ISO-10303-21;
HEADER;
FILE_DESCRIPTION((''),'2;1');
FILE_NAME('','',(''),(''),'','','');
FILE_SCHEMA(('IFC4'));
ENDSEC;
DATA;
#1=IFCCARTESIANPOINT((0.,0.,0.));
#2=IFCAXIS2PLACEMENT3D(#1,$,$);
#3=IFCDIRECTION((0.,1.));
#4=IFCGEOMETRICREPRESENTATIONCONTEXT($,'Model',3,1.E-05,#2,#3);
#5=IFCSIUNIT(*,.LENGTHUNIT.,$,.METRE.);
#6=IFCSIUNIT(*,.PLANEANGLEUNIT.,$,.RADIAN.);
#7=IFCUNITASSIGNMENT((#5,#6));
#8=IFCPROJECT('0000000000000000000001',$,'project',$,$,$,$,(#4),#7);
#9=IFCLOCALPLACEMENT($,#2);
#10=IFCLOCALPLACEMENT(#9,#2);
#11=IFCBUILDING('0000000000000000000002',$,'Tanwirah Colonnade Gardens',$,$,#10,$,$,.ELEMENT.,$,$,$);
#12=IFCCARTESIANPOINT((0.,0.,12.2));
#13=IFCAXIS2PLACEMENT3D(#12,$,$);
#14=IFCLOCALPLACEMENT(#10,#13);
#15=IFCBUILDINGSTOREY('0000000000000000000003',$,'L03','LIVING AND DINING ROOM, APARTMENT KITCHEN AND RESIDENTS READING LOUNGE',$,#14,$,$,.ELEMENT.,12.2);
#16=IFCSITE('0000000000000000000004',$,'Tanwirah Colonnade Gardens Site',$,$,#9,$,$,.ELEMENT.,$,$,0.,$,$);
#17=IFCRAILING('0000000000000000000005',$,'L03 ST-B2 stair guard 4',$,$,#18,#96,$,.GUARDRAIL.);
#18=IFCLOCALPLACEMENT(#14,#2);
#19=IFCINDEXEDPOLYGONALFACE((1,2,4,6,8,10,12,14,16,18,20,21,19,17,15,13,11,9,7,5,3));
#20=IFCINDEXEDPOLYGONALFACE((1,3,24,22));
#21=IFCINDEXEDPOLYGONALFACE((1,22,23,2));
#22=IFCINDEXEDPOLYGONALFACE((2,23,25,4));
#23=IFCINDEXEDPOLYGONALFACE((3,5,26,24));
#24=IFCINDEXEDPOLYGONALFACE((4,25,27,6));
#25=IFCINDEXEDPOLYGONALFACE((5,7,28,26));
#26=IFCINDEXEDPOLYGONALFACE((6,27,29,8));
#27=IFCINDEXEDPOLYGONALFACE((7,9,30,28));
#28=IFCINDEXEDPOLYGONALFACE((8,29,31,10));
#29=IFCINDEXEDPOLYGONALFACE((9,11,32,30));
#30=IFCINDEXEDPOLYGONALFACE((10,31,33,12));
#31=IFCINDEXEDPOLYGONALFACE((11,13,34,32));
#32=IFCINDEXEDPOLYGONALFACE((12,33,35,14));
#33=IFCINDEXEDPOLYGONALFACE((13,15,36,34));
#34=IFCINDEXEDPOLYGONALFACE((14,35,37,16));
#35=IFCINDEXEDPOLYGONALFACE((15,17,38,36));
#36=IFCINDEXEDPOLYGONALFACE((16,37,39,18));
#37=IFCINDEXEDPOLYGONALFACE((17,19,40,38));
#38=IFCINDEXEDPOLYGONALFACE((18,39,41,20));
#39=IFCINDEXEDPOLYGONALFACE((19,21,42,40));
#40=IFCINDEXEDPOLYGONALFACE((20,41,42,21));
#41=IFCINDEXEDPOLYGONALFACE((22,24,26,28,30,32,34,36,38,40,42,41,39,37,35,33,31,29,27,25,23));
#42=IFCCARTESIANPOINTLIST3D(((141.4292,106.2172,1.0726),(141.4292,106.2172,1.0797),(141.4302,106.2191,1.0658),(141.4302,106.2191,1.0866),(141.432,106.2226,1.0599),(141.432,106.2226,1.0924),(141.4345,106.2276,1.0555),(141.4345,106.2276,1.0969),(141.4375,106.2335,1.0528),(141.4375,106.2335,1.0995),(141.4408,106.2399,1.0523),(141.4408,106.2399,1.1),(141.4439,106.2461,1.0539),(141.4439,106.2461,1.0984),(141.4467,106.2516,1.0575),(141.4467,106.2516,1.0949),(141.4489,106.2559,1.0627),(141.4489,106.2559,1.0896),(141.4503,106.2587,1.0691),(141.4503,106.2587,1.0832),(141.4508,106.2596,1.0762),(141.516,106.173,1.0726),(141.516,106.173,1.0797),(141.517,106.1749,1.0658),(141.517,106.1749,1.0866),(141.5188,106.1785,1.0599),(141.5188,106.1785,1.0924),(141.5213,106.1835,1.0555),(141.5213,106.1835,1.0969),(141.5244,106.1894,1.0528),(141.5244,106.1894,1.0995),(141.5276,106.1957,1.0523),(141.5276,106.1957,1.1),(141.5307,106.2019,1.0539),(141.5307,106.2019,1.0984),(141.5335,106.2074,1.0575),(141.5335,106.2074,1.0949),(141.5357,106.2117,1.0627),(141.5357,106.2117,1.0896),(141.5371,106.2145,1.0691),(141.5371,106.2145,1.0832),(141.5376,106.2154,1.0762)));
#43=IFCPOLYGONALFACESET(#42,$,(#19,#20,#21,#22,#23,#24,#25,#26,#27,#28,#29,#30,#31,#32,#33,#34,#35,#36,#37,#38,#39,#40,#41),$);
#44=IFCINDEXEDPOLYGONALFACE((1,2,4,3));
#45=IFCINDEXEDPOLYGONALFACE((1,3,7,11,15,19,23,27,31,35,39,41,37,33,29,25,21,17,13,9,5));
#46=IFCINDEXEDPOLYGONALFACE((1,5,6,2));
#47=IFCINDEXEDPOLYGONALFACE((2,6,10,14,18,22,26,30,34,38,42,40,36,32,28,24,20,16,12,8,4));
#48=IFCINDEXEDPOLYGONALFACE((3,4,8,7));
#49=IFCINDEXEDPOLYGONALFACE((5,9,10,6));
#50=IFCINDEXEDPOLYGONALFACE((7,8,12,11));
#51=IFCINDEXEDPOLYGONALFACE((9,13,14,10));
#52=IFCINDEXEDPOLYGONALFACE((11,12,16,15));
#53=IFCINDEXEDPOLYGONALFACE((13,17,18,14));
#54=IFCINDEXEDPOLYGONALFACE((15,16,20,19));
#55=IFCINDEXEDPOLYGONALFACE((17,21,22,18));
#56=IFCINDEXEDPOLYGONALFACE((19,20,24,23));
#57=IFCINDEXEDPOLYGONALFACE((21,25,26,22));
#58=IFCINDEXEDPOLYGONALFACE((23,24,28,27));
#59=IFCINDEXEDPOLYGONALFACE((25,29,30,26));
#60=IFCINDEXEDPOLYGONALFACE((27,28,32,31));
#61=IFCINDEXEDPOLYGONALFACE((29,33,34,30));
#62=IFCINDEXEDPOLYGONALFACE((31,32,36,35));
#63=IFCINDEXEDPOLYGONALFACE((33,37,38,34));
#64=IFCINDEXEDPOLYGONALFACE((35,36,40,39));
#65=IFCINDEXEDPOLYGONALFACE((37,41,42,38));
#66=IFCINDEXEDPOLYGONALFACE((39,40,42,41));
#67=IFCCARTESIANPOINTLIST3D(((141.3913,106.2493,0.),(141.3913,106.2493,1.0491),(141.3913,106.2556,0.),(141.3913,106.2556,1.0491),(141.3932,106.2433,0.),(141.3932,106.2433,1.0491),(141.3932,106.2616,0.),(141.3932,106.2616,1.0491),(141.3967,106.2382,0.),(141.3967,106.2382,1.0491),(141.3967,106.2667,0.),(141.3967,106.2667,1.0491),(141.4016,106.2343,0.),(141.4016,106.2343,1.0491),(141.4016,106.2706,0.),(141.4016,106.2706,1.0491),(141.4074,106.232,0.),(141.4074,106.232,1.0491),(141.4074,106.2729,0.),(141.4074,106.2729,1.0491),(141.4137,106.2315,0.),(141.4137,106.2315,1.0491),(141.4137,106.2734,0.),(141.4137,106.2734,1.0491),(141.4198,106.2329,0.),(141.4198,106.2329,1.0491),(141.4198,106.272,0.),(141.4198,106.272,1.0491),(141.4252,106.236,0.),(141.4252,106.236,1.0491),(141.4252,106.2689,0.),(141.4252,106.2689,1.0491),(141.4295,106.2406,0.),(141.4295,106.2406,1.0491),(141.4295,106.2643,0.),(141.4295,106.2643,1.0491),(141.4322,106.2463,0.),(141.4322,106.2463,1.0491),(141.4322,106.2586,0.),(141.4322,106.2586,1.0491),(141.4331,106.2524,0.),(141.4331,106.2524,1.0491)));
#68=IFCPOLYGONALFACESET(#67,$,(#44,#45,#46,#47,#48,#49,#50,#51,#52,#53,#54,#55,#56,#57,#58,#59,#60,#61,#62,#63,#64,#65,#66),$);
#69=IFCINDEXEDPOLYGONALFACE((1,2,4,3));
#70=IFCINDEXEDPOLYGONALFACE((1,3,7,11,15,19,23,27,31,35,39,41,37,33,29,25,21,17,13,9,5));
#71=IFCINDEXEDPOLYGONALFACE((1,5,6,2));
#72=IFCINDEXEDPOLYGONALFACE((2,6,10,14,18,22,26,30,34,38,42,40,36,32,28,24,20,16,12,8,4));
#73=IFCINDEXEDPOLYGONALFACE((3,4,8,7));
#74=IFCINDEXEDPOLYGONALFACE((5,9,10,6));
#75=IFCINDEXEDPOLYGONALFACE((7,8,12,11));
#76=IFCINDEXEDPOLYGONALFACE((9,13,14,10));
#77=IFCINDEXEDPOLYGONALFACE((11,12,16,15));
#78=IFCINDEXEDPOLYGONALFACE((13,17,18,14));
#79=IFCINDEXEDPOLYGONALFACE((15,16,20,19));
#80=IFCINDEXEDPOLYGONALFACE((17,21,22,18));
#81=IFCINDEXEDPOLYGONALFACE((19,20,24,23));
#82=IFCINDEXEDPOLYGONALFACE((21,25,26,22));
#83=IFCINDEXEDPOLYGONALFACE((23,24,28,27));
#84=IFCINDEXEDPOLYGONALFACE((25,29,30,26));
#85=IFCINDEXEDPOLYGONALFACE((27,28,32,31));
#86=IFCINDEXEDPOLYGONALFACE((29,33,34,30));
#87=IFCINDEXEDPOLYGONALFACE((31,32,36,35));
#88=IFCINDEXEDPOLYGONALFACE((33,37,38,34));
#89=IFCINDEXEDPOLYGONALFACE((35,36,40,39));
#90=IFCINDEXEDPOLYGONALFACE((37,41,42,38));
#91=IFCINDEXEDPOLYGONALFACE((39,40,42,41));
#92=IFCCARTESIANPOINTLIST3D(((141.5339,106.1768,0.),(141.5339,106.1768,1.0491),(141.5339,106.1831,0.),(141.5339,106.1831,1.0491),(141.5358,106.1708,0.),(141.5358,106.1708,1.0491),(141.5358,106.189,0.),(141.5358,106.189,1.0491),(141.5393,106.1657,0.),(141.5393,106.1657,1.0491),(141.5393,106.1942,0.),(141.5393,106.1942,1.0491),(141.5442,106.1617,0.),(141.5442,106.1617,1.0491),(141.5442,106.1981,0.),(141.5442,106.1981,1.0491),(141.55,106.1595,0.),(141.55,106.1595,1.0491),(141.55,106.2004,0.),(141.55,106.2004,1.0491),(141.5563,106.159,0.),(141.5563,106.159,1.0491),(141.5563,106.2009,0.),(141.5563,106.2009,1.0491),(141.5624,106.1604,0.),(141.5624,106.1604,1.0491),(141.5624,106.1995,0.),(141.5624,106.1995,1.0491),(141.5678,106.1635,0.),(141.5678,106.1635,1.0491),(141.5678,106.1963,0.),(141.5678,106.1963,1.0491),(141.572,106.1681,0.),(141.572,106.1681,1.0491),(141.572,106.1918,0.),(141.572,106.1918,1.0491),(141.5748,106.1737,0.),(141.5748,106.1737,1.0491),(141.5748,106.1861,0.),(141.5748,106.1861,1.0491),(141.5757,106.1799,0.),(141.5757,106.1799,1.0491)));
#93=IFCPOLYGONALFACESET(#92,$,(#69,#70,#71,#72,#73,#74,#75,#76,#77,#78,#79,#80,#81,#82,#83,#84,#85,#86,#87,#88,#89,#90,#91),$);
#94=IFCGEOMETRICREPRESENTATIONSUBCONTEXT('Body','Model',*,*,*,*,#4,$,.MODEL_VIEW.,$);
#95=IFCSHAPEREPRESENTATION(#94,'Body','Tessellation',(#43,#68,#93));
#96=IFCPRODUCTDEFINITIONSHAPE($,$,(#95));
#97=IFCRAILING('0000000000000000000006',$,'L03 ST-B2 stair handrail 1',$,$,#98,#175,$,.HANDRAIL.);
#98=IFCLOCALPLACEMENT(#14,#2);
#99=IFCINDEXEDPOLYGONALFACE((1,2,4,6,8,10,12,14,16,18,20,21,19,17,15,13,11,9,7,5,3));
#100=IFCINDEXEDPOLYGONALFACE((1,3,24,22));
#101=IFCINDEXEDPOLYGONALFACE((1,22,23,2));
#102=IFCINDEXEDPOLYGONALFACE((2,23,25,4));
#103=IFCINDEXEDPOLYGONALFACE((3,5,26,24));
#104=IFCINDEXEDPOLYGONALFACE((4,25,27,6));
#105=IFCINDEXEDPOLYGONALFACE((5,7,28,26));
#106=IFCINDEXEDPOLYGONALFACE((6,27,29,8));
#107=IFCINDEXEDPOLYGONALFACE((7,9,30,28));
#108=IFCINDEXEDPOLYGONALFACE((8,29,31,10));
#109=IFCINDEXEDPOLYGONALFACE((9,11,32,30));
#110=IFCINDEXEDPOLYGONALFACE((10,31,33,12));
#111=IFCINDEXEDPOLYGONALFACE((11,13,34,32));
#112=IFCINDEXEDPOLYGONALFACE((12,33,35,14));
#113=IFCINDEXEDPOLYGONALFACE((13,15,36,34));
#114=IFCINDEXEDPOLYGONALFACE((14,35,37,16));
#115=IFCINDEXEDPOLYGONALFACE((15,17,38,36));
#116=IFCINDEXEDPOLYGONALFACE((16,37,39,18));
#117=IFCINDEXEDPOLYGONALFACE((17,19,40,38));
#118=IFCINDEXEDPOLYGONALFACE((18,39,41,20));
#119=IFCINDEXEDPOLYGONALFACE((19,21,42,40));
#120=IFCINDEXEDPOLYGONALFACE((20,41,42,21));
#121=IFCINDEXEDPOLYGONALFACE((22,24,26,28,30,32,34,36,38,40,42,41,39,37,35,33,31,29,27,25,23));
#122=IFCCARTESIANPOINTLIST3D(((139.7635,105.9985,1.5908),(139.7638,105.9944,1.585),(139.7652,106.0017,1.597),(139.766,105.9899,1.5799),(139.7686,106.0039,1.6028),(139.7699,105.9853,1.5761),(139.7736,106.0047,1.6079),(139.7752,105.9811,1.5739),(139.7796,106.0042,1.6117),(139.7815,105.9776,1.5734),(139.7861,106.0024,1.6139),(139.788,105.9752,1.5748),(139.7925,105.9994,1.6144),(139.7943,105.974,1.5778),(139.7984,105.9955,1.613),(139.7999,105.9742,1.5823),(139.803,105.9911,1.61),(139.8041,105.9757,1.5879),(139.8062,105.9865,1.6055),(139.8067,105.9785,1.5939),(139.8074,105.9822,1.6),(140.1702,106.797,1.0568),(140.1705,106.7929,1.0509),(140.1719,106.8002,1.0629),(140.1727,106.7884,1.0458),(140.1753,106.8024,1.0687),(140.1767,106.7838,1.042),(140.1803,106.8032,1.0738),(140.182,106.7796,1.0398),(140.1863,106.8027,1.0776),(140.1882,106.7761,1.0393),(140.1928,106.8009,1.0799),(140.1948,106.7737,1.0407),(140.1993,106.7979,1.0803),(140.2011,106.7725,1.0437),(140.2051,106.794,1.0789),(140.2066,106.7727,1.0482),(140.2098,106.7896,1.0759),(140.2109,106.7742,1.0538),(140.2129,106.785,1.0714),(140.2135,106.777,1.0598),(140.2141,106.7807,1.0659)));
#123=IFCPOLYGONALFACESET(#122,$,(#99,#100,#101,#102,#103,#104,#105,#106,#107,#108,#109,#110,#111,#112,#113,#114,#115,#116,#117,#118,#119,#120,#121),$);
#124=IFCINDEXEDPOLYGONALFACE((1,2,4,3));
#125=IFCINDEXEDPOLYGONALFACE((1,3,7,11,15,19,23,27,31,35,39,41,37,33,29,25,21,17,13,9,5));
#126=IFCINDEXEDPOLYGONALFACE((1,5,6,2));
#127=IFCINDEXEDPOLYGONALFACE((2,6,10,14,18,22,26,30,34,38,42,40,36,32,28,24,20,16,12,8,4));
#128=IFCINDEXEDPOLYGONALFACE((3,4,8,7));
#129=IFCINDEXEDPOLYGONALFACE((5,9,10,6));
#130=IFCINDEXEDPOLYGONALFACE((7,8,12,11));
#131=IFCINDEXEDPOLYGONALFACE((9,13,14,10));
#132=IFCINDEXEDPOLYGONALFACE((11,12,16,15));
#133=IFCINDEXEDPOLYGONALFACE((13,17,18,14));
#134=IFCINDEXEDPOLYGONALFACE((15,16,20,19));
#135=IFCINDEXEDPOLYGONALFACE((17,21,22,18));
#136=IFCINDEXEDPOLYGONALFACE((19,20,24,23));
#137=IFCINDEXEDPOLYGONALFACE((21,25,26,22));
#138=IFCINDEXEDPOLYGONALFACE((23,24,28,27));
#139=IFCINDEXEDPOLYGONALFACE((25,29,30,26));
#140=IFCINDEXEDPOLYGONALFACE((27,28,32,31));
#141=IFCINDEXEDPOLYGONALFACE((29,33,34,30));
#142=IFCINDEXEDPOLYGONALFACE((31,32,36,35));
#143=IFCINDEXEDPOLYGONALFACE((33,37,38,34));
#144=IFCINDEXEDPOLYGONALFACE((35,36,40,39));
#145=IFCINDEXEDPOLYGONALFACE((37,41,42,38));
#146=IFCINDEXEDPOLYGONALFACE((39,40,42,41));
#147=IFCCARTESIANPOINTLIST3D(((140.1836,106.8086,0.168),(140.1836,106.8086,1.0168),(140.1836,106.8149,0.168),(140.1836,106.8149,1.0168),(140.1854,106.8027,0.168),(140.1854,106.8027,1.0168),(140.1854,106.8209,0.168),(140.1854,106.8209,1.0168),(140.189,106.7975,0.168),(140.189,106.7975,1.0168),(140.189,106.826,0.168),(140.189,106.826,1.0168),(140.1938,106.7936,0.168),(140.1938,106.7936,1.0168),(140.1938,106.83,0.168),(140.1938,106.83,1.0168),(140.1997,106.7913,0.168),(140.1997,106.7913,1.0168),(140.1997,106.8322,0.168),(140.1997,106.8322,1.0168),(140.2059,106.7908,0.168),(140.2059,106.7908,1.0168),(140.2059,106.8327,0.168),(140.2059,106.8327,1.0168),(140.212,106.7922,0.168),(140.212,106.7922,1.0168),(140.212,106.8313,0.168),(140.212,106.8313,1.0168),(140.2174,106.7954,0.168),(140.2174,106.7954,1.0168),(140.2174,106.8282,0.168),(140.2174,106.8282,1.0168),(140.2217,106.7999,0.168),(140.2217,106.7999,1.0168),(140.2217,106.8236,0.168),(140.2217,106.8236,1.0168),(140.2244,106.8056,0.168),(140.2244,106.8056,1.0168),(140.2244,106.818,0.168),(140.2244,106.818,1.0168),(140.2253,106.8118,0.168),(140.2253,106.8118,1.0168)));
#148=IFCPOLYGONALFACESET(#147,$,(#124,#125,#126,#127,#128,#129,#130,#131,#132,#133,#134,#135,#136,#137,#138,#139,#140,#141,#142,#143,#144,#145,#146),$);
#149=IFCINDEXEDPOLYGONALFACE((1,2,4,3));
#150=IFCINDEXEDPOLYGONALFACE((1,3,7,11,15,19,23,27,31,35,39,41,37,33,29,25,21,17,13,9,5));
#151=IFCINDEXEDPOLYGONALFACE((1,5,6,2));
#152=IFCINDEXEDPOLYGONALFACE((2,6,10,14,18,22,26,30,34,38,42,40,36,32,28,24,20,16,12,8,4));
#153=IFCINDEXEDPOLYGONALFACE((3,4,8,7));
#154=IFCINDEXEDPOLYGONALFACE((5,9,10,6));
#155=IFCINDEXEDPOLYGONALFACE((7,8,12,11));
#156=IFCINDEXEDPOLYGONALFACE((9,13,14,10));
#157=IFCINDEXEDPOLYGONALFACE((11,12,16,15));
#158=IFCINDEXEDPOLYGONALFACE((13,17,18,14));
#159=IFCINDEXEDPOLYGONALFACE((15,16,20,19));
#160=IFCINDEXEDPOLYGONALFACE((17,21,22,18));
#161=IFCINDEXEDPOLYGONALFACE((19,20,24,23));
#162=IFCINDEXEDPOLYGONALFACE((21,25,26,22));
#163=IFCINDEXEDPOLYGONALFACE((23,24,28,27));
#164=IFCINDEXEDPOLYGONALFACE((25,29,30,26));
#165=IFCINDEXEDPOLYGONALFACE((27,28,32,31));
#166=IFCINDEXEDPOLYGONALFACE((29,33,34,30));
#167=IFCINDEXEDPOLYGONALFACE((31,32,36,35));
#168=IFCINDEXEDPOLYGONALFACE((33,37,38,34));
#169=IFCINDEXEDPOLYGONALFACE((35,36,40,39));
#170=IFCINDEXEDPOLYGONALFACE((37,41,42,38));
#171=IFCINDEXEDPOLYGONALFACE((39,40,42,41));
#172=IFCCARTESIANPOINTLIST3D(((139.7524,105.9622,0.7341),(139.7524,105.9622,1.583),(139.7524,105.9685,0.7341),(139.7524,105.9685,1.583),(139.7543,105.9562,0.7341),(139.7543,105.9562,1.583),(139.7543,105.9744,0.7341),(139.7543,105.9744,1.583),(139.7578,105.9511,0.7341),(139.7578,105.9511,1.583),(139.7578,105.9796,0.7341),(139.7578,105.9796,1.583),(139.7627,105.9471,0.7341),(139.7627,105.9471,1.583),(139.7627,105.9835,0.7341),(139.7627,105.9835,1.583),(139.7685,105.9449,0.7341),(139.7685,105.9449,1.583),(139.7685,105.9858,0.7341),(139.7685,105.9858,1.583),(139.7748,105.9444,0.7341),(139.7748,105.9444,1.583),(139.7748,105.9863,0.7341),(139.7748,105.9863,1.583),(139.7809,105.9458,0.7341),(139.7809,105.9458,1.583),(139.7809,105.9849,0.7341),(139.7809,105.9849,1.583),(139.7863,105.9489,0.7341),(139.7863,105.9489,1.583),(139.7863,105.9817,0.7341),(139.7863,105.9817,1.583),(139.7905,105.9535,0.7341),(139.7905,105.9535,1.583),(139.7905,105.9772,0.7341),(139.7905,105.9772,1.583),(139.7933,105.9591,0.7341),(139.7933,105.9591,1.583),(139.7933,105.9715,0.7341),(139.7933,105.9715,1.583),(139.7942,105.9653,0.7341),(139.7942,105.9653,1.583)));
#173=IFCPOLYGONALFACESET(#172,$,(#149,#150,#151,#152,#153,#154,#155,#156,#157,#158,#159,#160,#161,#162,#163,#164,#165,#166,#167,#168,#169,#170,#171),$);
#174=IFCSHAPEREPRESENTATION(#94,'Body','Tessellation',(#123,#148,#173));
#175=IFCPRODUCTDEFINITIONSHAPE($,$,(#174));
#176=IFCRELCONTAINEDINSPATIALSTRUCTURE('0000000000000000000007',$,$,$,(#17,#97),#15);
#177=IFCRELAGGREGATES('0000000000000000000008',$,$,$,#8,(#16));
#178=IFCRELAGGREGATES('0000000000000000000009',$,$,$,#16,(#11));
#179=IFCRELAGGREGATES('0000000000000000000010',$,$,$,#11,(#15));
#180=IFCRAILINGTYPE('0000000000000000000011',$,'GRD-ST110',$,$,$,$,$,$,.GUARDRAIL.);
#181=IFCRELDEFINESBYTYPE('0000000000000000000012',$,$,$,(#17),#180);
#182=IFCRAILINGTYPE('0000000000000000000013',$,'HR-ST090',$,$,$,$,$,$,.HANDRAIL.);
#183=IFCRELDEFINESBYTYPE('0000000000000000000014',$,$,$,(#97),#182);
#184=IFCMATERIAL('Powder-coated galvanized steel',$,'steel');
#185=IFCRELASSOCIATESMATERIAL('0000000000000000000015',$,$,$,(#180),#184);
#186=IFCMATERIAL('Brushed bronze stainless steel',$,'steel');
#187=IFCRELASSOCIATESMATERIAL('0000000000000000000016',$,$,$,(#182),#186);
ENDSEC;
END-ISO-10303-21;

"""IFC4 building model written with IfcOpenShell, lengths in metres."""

from ifc_helpers import new_model, si_unit, direction, frame, origin, origin_2d, place, context, subcontext, project, spatial, circle, extrude, material, type_object, element, save


model = new_model("IFC4")

# Units and contexts
model_context = context("Model", 3, precision=1e-05, world=origin(), true_north=direction((0.0, 1.0)))
body_context = subcontext(model_context, "Body", "Model", "MODEL_VIEW")
ifc_project = project(units=[si_unit("LENGTHUNIT", "METRE"), si_unit("PLANEANGLEUNIT", "RADIAN")], contexts=[model_context])

# Site, building, storey
site_placement = place(None, origin())
site = spatial("IfcSite", under=ifc_project, at=site_placement, Name="Tanwirah Colonnade Gardens Site", CompositionType="ELEMENT", RefElevation=0.0)
building_placement = place(site_placement, origin())
building = spatial("IfcBuilding", under=site, at=building_placement, Name="Tanwirah Colonnade Gardens", CompositionType="ELEMENT")
storey_placement = place(building_placement, frame((0.0, 0.0, 12.2)))
storey = spatial("IfcBuildingStorey", under=building, at=storey_placement, Name="L03", Description="LIVING AND DINING ROOM, APARTMENT KITCHEN AND RESIDENTS READING LOUNGE", CompositionType="ELEMENT", Elevation=12.2)

# Railings
ifc_material_1 = material(Name="Powder-coated galvanized steel", Category="steel")
railing_type_1 = type_object("IfcRailingType", Name="GRD-ST110", PredefinedType="GUARDRAIL", material=ifc_material_1)
railing_1_placement = place(storey_placement, frame((141.4121, 106.2524, 0.0)))
element("IfcRailing", 1, at=railing_1_placement, inside=storey, type_object=railing_type_1, Name="L03 ST-B2 stair guard 4", PredefinedType="GUARDRAIL", context=body_context, shape_type="SweptSolid", body=[
    extrude(circle(Radius=0.0239, at=origin_2d()), frame((0.0278, -0.0142, 1.0762), z_axis=(0.891354, -0.453308, 0.0), x_axis=(0.453308, 0.891354, 0.0)), (0.0, 0.0, 1.0), 0.0974),
    extrude(circle(Radius=0.021, at=origin_2d()), origin(), (0.0, 0.0, 1.0), 1.0491),
    extrude(circle(Radius=0.021, at=origin_2d()), frame((0.1426, -0.0725, 0.0)), (0.0, 0.0, 1.0), 1.0491),
])
ifc_material_2 = material(Name="Brushed bronze stainless steel", Category="steel")
railing_type_2 = type_object("IfcRailingType", Name="HR-ST090", PredefinedType="HANDRAIL", material=ifc_material_2)
railing_2_placement = place(storey_placement, frame((140.2043, 106.8118, 0.168)))
element("IfcRailing", 2, at=railing_2_placement, inside=storey, type_object=railing_type_2, Name="L03 ST-B2 stair handrail 1", PredefinedType="HANDRAIL", context=body_context, shape_type="SweptSolid", body=[
    extrude(circle(Radius=0.0239, at=origin_2d()), frame((-0.0122, -0.0239, 0.8918), z_axis=(-0.389886, -0.765422, 0.511974), x_axis=(0.891061, -0.453883, 0.0)), (0.0, 0.0, 1.0), 1.0432),
    extrude(circle(Radius=0.021, at=origin_2d()), origin(), (0.0, 0.0, 1.0), 0.8489),
    extrude(circle(Radius=0.021, at=origin_2d()), frame((-0.4312, -0.8464, 0.5662)), (0.0, 0.0, 1.0), 0.8489),
])

save(model, "model.ifc")
